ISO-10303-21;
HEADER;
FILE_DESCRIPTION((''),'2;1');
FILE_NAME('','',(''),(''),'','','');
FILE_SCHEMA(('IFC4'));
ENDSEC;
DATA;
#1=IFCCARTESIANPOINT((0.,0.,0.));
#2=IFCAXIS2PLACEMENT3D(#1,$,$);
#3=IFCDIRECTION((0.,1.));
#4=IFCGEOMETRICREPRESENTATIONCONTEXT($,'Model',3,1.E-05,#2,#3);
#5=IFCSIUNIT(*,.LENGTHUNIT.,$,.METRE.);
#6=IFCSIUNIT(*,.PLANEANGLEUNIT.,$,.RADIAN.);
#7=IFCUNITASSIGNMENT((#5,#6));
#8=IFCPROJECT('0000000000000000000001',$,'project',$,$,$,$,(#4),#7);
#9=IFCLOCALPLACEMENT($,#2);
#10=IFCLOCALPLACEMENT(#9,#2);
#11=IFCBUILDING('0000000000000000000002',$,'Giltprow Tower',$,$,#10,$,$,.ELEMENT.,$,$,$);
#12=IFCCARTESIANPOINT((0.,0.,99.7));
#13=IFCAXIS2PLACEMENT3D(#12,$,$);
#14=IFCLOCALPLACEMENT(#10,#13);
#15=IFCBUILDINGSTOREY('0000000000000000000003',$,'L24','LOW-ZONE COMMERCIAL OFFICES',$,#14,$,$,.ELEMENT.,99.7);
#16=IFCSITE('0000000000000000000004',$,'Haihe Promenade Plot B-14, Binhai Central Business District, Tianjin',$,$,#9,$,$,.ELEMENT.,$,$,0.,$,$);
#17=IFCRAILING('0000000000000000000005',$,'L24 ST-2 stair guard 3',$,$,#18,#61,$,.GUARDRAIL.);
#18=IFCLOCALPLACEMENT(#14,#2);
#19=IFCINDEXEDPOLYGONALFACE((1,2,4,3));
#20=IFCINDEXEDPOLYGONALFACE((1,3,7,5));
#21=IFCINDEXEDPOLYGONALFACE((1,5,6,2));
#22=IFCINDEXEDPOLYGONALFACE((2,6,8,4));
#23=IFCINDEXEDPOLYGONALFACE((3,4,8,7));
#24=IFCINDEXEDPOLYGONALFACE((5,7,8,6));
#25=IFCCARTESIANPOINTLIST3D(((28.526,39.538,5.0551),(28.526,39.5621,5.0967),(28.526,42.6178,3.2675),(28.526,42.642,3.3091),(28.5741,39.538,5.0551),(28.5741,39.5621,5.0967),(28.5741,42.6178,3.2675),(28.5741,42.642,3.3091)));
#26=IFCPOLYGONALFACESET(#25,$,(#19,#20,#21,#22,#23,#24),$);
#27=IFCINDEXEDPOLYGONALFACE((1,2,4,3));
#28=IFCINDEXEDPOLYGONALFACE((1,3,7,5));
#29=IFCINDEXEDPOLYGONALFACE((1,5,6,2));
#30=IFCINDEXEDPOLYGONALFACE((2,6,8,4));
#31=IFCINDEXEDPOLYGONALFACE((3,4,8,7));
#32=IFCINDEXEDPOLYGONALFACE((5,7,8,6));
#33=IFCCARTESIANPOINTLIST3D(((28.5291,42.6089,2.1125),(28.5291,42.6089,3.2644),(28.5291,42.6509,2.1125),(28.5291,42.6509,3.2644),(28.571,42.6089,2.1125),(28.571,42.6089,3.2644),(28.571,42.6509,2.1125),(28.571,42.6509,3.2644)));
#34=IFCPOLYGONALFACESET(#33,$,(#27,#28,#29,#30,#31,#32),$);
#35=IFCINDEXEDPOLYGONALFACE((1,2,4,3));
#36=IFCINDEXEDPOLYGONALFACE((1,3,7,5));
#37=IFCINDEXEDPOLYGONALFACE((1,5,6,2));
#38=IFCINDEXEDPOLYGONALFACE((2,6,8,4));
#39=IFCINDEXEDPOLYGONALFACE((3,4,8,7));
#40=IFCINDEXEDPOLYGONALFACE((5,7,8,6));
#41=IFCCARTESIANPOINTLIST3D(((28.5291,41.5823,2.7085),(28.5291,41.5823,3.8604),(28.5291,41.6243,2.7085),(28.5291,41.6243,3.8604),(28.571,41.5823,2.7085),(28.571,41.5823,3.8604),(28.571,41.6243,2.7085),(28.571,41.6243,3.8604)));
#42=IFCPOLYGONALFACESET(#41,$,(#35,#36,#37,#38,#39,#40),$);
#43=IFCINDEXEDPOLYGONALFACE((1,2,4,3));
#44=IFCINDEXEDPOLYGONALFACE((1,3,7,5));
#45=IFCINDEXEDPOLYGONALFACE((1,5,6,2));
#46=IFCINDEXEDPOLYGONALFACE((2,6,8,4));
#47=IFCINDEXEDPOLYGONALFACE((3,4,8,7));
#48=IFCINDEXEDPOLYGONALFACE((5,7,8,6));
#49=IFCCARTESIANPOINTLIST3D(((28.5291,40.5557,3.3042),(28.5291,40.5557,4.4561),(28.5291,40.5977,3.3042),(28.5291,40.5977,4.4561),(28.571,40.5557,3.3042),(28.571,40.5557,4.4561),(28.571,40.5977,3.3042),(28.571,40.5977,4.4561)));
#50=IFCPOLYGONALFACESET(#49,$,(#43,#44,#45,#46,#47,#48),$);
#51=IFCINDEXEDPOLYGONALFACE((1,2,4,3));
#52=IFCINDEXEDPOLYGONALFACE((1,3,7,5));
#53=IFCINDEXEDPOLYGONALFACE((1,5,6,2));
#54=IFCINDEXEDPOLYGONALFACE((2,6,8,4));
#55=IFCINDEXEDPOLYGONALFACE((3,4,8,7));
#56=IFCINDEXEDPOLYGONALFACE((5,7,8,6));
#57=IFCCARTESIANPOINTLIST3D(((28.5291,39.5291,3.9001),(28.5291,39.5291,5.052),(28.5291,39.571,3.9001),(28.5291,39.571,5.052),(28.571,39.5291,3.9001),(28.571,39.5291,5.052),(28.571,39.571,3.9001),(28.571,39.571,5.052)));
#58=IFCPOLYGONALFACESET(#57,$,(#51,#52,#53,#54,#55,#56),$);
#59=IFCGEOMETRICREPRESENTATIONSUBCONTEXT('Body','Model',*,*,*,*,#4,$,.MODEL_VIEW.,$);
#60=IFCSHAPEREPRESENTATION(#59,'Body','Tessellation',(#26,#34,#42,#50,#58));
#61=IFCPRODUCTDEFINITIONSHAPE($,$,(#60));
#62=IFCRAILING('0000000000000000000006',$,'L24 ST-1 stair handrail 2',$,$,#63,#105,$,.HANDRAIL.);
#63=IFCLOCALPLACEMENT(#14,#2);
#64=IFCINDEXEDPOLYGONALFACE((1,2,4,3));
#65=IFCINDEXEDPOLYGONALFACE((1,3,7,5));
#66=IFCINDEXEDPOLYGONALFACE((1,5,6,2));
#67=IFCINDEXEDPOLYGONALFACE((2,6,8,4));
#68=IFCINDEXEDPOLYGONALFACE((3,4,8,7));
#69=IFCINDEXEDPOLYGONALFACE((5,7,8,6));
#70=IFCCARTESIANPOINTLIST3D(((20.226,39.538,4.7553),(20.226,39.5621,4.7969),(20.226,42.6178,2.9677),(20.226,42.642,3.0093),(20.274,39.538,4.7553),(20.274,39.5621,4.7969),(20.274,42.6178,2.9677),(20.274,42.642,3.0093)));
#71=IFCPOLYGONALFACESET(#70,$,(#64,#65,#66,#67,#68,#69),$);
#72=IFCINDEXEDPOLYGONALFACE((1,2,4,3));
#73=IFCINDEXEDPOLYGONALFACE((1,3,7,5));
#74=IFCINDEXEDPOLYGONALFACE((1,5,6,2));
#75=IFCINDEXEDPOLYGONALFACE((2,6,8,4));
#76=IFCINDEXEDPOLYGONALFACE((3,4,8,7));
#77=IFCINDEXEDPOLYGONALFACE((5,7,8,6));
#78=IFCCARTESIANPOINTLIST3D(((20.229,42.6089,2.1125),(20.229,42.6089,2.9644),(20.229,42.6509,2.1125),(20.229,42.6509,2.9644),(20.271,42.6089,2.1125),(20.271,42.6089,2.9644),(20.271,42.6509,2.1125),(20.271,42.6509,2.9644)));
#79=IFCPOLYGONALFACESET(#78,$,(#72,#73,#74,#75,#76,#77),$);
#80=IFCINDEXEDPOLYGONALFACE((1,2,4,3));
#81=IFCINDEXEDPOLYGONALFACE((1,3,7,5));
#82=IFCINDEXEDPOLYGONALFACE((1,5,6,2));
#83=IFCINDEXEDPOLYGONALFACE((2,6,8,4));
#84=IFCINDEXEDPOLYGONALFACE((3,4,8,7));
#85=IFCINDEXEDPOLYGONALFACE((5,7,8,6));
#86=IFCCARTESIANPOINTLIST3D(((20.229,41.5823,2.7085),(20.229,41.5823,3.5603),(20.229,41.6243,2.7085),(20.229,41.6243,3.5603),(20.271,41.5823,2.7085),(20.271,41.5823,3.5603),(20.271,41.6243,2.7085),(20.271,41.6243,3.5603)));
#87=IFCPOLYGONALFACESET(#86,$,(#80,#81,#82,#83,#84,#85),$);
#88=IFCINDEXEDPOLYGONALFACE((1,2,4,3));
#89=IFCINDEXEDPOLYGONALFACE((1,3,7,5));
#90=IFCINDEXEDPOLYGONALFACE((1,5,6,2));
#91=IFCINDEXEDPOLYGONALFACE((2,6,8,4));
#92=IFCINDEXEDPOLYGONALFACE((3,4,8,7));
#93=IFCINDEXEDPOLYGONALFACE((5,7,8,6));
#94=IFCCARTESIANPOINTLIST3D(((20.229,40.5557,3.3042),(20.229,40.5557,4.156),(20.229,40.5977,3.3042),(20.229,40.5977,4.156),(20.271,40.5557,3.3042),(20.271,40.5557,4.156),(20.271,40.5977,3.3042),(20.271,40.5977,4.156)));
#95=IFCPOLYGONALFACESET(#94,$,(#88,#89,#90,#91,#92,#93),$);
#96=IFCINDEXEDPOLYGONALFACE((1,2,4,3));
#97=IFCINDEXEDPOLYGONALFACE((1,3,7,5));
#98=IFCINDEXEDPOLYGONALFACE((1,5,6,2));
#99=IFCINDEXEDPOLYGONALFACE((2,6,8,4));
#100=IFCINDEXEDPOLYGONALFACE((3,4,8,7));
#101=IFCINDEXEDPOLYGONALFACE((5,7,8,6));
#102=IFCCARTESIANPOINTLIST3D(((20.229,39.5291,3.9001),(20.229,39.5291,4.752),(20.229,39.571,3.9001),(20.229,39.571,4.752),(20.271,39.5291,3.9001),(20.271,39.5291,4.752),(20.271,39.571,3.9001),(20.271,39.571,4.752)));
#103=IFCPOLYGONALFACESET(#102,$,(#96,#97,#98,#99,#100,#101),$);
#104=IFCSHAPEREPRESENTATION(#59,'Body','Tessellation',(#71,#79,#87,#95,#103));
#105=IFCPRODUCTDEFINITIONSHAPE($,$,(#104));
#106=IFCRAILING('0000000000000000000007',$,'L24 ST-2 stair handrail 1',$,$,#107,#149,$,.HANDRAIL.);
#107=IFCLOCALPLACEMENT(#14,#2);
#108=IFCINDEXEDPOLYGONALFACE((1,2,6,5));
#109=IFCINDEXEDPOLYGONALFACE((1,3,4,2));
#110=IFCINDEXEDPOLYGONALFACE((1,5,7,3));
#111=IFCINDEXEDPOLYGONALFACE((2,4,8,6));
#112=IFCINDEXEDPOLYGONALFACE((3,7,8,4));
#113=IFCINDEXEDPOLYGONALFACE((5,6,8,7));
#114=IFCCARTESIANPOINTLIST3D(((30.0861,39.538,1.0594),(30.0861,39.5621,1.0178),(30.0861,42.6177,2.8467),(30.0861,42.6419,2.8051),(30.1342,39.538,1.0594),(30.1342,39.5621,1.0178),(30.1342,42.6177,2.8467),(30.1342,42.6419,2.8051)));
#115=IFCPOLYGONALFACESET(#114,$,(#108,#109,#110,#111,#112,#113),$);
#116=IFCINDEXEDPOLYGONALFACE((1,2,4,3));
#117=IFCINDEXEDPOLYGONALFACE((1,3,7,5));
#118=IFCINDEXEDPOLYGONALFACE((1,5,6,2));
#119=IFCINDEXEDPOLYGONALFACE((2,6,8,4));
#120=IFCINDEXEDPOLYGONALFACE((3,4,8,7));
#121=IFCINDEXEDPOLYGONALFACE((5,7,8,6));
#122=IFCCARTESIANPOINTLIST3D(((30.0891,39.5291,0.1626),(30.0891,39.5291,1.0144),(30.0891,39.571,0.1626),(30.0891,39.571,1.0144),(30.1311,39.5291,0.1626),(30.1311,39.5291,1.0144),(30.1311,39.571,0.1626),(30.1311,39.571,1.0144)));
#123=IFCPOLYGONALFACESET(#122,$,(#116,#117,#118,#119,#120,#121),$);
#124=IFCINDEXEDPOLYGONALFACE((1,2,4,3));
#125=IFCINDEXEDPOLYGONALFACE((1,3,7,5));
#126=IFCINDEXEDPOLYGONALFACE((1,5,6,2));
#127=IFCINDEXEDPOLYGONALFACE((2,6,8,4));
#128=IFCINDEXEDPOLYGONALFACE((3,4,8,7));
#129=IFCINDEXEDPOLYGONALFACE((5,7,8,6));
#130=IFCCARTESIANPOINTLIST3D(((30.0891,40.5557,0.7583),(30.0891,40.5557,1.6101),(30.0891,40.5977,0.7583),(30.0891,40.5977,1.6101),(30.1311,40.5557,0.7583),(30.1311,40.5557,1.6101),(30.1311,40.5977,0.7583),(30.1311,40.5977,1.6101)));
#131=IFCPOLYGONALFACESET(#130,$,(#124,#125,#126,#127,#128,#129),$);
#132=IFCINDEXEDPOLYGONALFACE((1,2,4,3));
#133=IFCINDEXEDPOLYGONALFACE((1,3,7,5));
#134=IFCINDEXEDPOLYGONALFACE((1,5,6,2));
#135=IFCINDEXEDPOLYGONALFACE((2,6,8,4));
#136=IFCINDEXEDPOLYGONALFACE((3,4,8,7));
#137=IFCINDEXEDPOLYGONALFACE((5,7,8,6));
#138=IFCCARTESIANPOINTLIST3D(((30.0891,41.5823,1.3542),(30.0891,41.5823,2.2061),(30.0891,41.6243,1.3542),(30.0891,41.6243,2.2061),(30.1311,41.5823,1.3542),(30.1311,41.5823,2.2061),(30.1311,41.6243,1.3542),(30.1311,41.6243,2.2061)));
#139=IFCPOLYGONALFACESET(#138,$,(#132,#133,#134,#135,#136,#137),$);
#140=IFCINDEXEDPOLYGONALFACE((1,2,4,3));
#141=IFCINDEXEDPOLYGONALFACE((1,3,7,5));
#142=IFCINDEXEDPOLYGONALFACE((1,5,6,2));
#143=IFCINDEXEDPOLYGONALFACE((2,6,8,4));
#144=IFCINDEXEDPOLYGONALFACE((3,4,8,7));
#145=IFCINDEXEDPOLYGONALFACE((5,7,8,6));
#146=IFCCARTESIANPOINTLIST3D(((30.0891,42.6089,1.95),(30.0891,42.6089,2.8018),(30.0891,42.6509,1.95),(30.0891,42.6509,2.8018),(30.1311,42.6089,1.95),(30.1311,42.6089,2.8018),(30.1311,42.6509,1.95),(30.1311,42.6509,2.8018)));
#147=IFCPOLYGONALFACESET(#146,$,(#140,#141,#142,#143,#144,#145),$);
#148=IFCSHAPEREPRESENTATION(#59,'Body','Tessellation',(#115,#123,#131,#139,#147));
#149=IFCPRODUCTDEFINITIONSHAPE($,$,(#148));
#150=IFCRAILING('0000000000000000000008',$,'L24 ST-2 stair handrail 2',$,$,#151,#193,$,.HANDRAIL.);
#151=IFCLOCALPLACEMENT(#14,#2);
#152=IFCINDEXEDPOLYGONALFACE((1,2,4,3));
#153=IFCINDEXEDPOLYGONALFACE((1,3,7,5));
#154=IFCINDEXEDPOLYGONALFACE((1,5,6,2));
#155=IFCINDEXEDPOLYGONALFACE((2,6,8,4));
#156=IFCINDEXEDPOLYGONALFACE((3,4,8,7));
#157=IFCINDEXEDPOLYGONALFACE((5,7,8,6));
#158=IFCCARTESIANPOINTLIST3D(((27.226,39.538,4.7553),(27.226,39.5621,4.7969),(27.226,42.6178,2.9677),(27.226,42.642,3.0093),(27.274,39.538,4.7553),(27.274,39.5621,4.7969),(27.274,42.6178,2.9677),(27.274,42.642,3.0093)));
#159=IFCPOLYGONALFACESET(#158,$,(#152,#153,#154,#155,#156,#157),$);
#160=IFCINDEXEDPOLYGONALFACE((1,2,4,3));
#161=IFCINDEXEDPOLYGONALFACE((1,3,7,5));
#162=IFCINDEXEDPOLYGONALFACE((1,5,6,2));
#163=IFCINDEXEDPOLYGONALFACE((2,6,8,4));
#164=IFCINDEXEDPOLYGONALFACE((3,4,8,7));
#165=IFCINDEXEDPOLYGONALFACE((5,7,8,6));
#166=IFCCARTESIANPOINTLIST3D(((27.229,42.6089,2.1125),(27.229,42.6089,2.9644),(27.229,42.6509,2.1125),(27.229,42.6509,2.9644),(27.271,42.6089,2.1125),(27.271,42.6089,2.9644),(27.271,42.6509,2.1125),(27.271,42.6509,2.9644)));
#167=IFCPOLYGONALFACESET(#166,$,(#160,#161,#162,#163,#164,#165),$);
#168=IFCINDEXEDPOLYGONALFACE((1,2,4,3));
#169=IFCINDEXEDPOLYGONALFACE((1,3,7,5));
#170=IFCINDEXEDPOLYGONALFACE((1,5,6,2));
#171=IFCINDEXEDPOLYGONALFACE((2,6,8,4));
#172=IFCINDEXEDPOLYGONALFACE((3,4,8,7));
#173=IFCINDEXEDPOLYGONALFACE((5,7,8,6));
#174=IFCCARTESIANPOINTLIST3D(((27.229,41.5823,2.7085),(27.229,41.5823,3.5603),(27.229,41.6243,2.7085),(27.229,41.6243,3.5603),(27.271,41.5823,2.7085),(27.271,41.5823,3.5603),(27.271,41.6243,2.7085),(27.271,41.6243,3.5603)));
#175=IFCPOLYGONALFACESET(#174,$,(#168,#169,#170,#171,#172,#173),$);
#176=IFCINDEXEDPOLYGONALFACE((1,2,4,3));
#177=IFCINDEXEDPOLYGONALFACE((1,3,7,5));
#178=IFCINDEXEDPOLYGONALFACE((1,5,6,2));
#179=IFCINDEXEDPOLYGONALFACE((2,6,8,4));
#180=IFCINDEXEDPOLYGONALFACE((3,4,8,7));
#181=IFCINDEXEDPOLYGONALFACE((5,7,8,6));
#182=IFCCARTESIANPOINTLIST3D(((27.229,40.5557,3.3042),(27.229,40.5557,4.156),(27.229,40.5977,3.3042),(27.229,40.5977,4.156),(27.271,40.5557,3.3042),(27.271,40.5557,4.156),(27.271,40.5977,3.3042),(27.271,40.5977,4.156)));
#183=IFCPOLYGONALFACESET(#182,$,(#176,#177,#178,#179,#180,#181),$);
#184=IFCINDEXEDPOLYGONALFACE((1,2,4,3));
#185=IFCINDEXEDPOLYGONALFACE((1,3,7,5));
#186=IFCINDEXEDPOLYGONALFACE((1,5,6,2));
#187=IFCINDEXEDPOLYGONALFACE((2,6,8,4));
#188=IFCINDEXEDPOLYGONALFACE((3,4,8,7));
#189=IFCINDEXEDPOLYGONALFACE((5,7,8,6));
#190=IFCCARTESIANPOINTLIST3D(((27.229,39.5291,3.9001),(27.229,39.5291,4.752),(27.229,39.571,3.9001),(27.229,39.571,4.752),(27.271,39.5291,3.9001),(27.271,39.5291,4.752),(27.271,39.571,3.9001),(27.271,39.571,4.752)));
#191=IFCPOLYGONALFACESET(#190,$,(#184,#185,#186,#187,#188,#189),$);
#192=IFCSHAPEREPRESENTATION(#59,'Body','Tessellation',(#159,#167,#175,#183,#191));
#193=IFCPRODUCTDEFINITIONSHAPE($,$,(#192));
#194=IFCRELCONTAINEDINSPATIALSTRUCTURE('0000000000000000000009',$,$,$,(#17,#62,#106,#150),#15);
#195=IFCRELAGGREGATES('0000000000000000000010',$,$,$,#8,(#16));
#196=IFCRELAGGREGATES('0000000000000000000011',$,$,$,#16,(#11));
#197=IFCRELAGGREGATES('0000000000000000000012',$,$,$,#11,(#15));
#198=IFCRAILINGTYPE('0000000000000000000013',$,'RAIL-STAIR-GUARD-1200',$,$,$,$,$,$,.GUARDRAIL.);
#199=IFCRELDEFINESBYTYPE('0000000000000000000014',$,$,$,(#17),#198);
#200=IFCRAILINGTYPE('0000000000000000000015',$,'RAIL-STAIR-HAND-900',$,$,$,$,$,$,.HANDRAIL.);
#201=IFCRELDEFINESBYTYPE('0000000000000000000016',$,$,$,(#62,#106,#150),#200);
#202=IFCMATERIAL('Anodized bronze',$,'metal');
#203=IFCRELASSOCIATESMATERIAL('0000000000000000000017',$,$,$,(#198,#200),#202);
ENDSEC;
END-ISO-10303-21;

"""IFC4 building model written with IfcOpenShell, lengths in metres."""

from ifc_helpers import new_model, si_unit, direction, frame, origin, origin_2d, place, context, subcontext, project, spatial, rectangle, extrude, material, type_object, element, save


model = new_model("IFC4")

# Units and contexts
model_context = context("Model", 3, precision=1e-05, world=origin(), true_north=direction((0.0, 1.0)))
body_context = subcontext(model_context, "Body", "Model", "MODEL_VIEW")
ifc_project = project(units=[si_unit("LENGTHUNIT", "METRE"), si_unit("PLANEANGLEUNIT", "RADIAN")], contexts=[model_context])

# Site, building, storey
site_placement = place(None, origin())
site = spatial("IfcSite", under=ifc_project, at=site_placement, Name="Haihe Promenade Plot B-14, Binhai Central Business District, Tianjin", CompositionType="ELEMENT", RefElevation=0.0)
building_placement = place(site_placement, origin())
building = spatial("IfcBuilding", under=site, at=building_placement, Name="Giltprow Tower", CompositionType="ELEMENT")
storey_placement = place(building_placement, frame((0.0, 0.0, 99.7)))
storey = spatial("IfcBuildingStorey", under=building, at=storey_placement, Name="L24", Description="LOW-ZONE COMMERCIAL OFFICES", CompositionType="ELEMENT", Elevation=99.7)

# Railings
ifc_material_1 = material(Name="Anodized bronze", Category="metal")
railing_type_1 = type_object("IfcRailingType", Name="RAIL-STAIR-GUARD-1200", PredefinedType="GUARDRAIL", material=ifc_material_1)
railing_1_placement = place(storey_placement, frame((28.55, 42.6299, 2.1125)))
element("IfcRailing", 1, at=railing_1_placement, inside=storey, type_object=railing_type_1, Name="L24 ST-2 stair guard 3", PredefinedType="GUARDRAIL", context=body_context, shape_type="SweptSolid", body=[
    extrude(rectangle(XDim=0.0481, YDim=0.0481, at=origin_2d()), frame((0.0, 0.0, 1.1758), z_axis=(0.0, -0.864873, 0.50199), x_axis=(1.0, 0.0, 0.0)), (0.0, 0.0, 1.0), 3.561),
    extrude(rectangle(XDim=0.042, YDim=0.042, at=origin_2d()), origin(), (0.0, 0.0, 1.0), 1.1519),
    extrude(rectangle(XDim=0.042, YDim=0.042, at=origin_2d()), frame((0.0, -1.0266, 0.5959)), (0.0, 0.0, 1.0), 1.1519),
    extrude(rectangle(XDim=0.042, YDim=0.042, at=origin_2d()), frame((0.0, -2.0532, 1.1917)), (0.0, 0.0, 1.0), 1.1519),
    extrude(rectangle(XDim=0.042, YDim=0.042, at=origin_2d()), frame((0.0, -3.0798, 1.7876)), (0.0, 0.0, 1.0), 1.1519),
])
railing_type_2 = type_object("IfcRailingType", Name="RAIL-STAIR-HAND-900", PredefinedType="HANDRAIL", material=ifc_material_1)
railing_2_placement = place(storey_placement, frame((20.25, 42.6299, 2.1125)))
element("IfcRailing", 2, at=railing_2_placement, inside=storey, type_object=railing_type_2, Name="L24 ST-1 stair handrail 2", PredefinedType="HANDRAIL", context=body_context, shape_type="SweptSolid", body=[
    extrude(rectangle(XDim=0.0481, YDim=0.0481, at=origin_2d()), frame((0.0, 0.0, 0.876), z_axis=(0.0, -0.864873, 0.50199), x_axis=(1.0, 0.0, 0.0)), (0.0, 0.0, 1.0), 3.561),
    extrude(rectangle(XDim=0.042, YDim=0.042, at=origin_2d()), origin(), (0.0, 0.0, 1.0), 0.8518),
    extrude(rectangle(XDim=0.042, YDim=0.042, at=origin_2d()), frame((0.0, -1.0266, 0.5959)), (0.0, 0.0, 1.0), 0.8518),
    extrude(rectangle(XDim=0.042, YDim=0.042, at=origin_2d()), frame((0.0, -2.0532, 1.1917)), (0.0, 0.0, 1.0), 0.8518),
    extrude(rectangle(XDim=0.042, YDim=0.042, at=origin_2d()), frame((0.0, -3.0798, 1.7876)), (0.0, 0.0, 1.0), 0.8518),
])
railing_3_placement = place(storey_placement, frame((30.1101, 39.55, 0.1626)))
element("IfcRailing", 3, at=railing_3_placement, inside=storey, type_object=railing_type_2, Name="L24 ST-2 stair handrail 1", PredefinedType="HANDRAIL", context=body_context, shape_type="SweptSolid", body=[
    extrude(rectangle(XDim=0.0481, YDim=0.0481, at=origin_2d()), frame((0.0, 0.0, 0.876), z_axis=(0.0, 0.864903, 0.501939), x_axis=(-1.0, 0.0, 0.0)), (0.0, 0.0, 1.0), 3.5608),
    extrude(rectangle(XDim=0.042, YDim=0.042, at=origin_2d()), origin(), (0.0, 0.0, 1.0), 0.8518),
    extrude(rectangle(XDim=0.042, YDim=0.042, at=origin_2d()), frame((0.0, 1.0266, 0.5957)), (0.0, 0.0, 1.0), 0.8518),
    extrude(rectangle(XDim=0.042, YDim=0.042, at=origin_2d()), frame((0.0, 2.0532, 1.1917)), (0.0, 0.0, 1.0), 0.8518),
    extrude(rectangle(XDim=0.042, YDim=0.042, at=origin_2d()), frame((0.0, 3.0798, 1.7874)), (0.0, 0.0, 1.0), 0.8518),
])
railing_4_placement = place(storey_placement, frame((27.25, 42.6299, 2.1125)))
element("IfcRailing", 4, at=railing_4_placement, inside=storey, type_object=railing_type_2, Name="L24 ST-2 stair handrail 2", PredefinedType="HANDRAIL", context=body_context, shape_type="SweptSolid", body=[
    extrude(rectangle(XDim=0.0481, YDim=0.0481, at=origin_2d()), frame((0.0, 0.0, 0.876), z_axis=(0.0, -0.864873, 0.50199), x_axis=(1.0, 0.0, 0.0)), (0.0, 0.0, 1.0), 3.561),
    extrude(rectangle(XDim=0.042, YDim=0.042, at=origin_2d()), origin(), (0.0, 0.0, 1.0), 0.8518),
    extrude(rectangle(XDim=0.042, YDim=0.042, at=origin_2d()), frame((0.0, -1.0266, 0.5959)), (0.0, 0.0, 1.0), 0.8518),
    extrude(rectangle(XDim=0.042, YDim=0.042, at=origin_2d()), frame((0.0, -2.0532, 1.1917)), (0.0, 0.0, 1.0), 0.8518),
    extrude(rectangle(XDim=0.042, YDim=0.042, at=origin_2d()), frame((0.0, -3.0798, 1.7876)), (0.0, 0.0, 1.0), 0.8518),
])

save(model, "model.ifc")
